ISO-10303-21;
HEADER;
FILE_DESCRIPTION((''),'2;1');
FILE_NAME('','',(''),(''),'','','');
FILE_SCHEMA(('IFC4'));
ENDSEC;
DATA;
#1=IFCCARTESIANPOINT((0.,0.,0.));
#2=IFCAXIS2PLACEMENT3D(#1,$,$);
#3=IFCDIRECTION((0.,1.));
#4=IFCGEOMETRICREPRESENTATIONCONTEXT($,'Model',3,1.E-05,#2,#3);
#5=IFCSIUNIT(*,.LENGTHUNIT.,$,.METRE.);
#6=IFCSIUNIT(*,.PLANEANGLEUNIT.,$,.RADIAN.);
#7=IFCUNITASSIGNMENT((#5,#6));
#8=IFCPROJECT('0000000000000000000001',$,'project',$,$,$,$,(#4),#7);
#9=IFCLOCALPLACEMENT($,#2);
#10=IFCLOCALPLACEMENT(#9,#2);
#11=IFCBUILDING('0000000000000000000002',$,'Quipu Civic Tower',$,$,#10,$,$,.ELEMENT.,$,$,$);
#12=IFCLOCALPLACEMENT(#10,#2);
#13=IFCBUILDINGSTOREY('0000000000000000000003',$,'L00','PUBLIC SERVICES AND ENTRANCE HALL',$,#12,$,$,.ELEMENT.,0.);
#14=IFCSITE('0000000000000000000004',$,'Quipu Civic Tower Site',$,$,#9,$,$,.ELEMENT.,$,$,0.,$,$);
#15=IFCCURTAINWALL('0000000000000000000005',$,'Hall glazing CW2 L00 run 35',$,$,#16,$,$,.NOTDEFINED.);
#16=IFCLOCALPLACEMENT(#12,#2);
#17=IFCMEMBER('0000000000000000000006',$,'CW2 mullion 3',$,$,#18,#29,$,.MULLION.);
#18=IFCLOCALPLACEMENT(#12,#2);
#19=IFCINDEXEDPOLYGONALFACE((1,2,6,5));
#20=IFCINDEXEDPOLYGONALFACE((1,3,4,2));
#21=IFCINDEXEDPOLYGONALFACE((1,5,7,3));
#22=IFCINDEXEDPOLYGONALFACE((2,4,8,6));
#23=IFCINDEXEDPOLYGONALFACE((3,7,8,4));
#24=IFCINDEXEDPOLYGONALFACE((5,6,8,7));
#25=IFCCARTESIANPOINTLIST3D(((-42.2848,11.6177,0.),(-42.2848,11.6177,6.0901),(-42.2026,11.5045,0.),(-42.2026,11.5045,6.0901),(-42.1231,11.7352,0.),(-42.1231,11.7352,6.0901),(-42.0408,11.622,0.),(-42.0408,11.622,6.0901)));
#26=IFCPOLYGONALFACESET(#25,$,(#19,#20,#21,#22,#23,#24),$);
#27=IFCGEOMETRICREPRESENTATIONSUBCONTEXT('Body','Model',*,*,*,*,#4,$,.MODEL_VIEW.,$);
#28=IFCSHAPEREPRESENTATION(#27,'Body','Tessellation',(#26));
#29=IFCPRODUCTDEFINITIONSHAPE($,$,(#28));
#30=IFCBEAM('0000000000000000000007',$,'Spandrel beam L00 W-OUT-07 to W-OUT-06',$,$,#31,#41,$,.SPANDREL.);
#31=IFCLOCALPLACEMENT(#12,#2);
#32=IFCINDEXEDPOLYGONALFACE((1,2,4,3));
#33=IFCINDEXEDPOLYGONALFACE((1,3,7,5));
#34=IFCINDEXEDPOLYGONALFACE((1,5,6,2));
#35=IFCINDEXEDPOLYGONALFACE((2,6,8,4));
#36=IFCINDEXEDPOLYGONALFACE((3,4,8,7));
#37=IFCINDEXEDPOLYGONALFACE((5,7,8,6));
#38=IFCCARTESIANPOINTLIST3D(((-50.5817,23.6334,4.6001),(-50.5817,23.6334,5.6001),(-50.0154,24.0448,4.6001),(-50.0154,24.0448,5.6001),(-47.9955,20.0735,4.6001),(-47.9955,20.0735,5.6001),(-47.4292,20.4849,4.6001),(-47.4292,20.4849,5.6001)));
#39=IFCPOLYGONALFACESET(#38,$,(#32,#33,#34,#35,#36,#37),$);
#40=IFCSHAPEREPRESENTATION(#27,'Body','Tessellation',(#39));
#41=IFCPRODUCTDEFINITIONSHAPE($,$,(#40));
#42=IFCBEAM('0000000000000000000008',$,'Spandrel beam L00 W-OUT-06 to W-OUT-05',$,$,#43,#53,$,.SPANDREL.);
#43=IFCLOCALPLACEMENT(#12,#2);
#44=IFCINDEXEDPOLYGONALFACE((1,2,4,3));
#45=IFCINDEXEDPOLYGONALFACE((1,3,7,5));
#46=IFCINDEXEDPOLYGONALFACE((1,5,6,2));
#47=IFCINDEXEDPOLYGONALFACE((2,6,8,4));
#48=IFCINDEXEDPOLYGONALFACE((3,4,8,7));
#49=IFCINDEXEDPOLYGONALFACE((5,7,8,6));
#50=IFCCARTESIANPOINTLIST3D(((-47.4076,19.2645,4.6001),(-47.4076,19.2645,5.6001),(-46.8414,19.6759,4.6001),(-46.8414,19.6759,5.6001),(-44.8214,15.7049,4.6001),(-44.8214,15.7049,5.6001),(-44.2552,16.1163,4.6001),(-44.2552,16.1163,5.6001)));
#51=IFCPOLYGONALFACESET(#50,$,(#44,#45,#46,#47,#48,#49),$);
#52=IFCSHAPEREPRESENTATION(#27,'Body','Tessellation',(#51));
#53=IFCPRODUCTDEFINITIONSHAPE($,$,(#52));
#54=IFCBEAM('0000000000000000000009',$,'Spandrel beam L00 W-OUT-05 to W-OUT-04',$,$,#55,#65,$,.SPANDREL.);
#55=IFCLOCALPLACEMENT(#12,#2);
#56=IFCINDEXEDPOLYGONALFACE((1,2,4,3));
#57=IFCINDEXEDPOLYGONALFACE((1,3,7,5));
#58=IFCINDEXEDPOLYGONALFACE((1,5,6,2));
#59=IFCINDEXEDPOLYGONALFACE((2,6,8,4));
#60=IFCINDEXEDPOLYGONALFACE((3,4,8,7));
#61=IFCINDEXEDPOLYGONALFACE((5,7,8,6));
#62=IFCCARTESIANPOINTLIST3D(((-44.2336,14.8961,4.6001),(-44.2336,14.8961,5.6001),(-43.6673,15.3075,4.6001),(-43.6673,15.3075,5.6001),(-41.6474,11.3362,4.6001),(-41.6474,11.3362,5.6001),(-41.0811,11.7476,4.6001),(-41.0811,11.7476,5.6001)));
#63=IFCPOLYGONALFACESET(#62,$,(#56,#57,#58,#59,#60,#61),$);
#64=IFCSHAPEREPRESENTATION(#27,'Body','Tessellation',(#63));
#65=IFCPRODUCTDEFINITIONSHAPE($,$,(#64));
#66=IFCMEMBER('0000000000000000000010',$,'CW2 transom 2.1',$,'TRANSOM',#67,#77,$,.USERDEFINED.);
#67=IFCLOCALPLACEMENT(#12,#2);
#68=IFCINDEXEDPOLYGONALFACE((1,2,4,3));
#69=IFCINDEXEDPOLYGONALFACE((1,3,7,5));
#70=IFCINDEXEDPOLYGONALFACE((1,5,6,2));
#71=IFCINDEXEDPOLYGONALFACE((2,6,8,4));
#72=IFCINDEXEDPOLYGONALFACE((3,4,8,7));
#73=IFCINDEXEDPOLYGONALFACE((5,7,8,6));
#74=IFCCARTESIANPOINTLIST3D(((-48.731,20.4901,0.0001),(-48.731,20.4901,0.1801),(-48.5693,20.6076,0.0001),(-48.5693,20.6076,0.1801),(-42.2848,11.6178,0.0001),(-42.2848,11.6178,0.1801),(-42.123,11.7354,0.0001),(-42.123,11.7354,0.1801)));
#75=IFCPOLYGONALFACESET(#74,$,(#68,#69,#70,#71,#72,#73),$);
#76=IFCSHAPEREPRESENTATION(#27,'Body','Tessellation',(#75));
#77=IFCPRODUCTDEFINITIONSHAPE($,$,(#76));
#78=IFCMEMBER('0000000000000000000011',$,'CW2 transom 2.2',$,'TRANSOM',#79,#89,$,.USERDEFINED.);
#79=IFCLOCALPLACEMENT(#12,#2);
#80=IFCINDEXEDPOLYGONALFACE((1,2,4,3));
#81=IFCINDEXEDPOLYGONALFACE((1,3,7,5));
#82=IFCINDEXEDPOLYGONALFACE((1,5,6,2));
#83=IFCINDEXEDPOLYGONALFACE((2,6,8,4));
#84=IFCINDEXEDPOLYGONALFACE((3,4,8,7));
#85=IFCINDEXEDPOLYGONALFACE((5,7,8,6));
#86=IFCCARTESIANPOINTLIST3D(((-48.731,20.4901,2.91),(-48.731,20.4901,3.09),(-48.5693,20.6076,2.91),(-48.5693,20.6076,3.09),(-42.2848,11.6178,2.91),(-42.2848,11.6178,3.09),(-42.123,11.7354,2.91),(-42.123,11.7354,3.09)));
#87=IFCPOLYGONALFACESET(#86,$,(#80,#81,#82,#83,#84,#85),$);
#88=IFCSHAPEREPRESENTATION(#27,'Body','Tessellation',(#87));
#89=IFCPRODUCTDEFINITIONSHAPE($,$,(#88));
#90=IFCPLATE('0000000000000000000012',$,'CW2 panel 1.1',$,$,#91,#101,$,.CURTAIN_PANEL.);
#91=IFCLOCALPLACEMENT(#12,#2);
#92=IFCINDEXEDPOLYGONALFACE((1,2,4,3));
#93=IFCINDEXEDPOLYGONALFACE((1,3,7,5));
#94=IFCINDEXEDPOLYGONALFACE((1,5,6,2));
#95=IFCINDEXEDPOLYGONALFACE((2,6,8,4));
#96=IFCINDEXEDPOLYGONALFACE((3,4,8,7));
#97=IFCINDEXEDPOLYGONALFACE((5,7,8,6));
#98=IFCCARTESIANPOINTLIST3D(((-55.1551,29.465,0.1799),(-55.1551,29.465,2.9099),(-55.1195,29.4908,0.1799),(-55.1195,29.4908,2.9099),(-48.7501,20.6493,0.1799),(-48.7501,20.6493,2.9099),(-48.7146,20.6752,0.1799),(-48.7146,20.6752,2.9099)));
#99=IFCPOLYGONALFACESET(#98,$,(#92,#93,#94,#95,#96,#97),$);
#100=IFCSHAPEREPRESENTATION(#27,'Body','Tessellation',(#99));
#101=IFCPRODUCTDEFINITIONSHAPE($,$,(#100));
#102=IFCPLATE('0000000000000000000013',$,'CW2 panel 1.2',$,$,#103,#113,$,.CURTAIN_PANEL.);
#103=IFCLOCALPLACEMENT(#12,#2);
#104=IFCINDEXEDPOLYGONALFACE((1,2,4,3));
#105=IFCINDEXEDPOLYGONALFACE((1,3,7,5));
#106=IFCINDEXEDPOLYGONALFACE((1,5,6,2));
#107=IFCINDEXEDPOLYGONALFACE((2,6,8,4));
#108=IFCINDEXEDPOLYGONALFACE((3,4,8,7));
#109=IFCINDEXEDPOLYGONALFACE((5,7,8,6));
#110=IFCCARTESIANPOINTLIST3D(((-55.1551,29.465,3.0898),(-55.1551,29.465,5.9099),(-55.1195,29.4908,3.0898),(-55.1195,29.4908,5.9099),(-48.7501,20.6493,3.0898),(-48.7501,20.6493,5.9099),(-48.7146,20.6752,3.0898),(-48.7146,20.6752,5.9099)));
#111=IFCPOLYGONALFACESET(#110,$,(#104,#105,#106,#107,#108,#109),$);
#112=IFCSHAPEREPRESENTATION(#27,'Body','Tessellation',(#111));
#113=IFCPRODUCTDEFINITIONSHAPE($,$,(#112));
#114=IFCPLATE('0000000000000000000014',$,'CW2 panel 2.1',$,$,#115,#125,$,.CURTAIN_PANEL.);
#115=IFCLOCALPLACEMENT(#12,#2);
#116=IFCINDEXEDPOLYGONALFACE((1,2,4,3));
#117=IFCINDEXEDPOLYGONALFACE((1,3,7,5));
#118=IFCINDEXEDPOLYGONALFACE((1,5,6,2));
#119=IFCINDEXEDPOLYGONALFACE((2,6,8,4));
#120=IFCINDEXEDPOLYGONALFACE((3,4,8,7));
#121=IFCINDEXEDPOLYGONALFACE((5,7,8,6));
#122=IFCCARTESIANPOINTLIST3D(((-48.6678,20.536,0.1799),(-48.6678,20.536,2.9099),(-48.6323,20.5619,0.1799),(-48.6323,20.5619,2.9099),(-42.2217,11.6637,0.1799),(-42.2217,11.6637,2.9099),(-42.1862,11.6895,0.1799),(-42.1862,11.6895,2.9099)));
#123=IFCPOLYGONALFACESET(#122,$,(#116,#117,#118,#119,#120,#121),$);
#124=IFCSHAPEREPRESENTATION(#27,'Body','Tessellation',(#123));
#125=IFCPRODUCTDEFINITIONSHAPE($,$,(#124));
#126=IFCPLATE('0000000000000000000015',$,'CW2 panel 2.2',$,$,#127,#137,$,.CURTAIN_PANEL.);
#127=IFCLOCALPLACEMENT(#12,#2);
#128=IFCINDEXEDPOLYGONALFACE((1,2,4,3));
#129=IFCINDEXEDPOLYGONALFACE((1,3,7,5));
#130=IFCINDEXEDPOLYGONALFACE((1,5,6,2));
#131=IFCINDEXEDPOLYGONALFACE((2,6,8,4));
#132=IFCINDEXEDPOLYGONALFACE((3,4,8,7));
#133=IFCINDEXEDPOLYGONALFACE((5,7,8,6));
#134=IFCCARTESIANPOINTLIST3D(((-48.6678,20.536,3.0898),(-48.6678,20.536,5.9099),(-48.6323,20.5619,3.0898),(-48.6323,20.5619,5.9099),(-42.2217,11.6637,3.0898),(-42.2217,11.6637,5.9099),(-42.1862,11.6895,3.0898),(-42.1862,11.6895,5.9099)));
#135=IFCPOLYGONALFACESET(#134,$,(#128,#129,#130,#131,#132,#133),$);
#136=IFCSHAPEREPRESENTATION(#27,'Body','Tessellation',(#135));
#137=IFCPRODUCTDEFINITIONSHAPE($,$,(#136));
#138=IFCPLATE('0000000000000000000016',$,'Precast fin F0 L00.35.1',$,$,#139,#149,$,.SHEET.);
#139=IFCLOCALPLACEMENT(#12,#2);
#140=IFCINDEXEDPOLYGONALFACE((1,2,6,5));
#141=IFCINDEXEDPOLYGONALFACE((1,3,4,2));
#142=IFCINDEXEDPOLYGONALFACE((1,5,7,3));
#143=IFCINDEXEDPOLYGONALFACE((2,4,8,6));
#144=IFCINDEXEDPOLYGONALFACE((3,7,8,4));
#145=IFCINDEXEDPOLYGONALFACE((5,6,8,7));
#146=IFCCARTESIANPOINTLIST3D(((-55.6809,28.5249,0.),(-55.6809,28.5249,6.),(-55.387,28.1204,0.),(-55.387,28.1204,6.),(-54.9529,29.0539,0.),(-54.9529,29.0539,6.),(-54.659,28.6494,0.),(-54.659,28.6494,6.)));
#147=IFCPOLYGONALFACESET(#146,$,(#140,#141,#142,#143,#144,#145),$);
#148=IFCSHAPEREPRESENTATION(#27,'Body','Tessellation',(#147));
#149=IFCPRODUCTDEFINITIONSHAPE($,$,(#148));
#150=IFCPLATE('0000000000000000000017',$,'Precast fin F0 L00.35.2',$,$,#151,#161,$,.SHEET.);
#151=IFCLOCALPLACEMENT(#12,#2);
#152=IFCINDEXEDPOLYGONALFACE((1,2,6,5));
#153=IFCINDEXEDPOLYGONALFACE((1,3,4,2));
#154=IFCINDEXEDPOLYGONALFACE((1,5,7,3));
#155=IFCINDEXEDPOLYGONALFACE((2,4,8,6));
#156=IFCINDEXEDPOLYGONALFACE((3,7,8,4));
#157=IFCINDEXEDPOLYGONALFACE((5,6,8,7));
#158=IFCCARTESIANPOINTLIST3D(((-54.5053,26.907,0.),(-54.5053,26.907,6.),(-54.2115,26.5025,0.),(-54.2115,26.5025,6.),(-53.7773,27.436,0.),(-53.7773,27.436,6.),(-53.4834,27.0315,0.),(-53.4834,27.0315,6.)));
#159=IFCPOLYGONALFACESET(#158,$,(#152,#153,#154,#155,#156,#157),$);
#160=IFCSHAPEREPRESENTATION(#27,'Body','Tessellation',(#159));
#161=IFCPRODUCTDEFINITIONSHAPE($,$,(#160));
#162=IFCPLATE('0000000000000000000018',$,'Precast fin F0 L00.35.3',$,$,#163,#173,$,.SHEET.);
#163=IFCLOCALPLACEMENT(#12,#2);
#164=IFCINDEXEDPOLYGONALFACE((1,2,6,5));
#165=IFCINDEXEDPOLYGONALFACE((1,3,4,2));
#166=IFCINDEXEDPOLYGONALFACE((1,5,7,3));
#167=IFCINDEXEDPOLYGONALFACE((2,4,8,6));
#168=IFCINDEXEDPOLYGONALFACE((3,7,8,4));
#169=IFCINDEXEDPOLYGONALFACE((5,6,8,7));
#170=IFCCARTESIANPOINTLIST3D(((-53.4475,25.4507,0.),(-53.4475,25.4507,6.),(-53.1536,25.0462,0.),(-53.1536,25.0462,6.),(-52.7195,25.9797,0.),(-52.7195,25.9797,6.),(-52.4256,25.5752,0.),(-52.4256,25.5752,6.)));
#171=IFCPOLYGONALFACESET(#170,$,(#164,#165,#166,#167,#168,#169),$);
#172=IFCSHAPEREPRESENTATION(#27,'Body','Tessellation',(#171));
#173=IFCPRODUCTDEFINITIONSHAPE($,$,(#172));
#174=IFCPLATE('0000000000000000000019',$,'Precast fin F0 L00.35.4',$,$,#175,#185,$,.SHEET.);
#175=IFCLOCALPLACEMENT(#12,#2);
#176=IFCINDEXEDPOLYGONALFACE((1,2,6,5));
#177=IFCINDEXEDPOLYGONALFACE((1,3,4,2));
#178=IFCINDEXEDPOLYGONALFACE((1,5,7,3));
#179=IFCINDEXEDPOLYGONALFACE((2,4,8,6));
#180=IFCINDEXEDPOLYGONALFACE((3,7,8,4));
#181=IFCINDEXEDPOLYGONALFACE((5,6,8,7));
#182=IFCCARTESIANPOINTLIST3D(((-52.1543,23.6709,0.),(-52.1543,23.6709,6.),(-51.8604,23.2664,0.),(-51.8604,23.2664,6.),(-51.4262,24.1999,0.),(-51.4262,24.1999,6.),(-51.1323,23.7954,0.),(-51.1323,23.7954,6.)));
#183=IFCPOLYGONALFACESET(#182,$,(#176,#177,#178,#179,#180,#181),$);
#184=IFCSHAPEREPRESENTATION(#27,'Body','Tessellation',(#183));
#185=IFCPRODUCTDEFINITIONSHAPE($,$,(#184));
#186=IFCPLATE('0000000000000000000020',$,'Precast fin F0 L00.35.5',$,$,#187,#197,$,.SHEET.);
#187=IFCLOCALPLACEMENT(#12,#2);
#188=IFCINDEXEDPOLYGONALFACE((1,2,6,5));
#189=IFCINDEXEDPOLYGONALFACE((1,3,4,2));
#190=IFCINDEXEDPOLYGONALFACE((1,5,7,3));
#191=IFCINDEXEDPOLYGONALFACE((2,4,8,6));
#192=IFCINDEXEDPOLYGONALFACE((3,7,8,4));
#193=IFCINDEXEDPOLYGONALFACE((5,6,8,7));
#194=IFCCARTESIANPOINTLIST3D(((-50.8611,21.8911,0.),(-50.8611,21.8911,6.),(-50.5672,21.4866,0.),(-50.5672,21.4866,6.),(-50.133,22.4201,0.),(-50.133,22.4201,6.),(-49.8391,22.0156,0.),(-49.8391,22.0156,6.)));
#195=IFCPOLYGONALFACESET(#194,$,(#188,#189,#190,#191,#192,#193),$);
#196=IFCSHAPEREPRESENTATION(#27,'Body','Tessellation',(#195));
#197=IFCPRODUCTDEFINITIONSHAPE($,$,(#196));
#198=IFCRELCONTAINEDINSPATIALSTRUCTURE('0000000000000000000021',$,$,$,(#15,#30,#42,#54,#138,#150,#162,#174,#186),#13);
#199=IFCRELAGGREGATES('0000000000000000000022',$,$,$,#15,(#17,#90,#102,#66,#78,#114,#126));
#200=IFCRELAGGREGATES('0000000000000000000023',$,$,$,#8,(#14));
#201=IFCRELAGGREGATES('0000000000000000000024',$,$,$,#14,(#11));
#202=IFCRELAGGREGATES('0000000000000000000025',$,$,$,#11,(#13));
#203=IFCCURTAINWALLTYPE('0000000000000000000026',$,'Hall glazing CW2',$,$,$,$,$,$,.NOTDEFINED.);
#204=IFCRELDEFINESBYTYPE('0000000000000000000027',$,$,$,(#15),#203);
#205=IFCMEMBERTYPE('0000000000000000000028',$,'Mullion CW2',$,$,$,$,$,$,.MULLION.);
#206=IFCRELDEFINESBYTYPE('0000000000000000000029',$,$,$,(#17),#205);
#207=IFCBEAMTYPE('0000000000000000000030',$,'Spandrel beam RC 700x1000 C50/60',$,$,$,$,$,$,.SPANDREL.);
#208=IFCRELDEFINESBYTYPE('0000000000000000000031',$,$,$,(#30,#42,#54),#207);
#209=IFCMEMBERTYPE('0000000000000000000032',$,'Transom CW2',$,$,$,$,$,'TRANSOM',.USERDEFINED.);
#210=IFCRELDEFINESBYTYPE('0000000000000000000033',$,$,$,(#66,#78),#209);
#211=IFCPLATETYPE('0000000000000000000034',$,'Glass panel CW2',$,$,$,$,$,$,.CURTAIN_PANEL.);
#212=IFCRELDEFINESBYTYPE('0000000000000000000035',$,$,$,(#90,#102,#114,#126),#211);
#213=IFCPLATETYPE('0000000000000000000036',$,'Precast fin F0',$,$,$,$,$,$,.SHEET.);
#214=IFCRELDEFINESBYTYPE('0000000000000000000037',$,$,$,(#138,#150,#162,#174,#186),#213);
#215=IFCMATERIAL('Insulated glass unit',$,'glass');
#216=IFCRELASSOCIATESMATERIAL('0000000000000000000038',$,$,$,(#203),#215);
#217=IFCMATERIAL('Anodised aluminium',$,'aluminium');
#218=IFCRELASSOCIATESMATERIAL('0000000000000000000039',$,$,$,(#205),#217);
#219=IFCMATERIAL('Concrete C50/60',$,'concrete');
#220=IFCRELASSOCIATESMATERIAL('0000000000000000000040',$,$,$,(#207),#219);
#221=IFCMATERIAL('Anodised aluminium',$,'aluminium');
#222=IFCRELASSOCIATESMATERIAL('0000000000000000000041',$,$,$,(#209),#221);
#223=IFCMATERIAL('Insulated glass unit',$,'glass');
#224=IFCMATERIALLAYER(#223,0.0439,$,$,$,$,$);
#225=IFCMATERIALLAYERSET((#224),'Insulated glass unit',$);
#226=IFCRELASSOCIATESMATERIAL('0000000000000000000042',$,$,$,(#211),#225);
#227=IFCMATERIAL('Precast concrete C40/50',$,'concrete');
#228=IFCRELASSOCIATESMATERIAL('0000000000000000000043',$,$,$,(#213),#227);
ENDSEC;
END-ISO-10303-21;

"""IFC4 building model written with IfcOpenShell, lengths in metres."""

from ifc_helpers import new_model, si_unit, direction, frame, origin, origin_2d, place, context, subcontext, project, spatial, rectangle, extrude, material, layer, layer_set, material_profile, profile_set, type_object, element, aggregate, save


model = new_model("IFC4")

# Units and contexts
model_context = context("Model", 3, precision=1e-05, world=origin(), true_north=direction((0.0, 1.0)))
body_context = subcontext(model_context, "Body", "Model", "MODEL_VIEW")
ifc_project = project(units=[si_unit("LENGTHUNIT", "METRE"), si_unit("PLANEANGLEUNIT", "RADIAN")], contexts=[model_context])

# Site, building, storey
site_placement = place(None, origin())
site = spatial("IfcSite", under=ifc_project, at=site_placement, Name="Quipu Civic Tower Site", CompositionType="ELEMENT", RefElevation=0.0)
building_placement = place(site_placement, origin())
building = spatial("IfcBuilding", under=site, at=building_placement, Name="Quipu Civic Tower", CompositionType="ELEMENT")
storey_placement = place(building_placement, origin())
storey = spatial("IfcBuildingStorey", under=building, at=storey_placement, Name="L00", Description="PUBLIC SERVICES AND ENTRANCE HALL", CompositionType="ELEMENT", Elevation=0.0)

# Curtain wall, member
ifc_material_1 = material(Name="Insulated glass unit", Category="glass")
curtain_wall_type = type_object("IfcCurtainWallType", Name="Hall glazing CW2", PredefinedType="NOTDEFINED", material=ifc_material_1)
curtain_wall_placement = place(storey_placement, origin())
curtain_wall = element("IfcCurtainWall", 1, at=curtain_wall_placement, inside=storey, type_object=curtain_wall_type, Name="Hall glazing CW2 L00 run 35", PredefinedType="NOTDEFINED")
ifc_material_2 = material(Name="Anodised aluminium", Category="aluminium")
ifc_material_profile_1 = material_profile(ifc_material_2, rectangle(XDim=0.2, YDim=0.1399, at=origin_2d()), Name="RECT 200x140")
ifc_profile_set_1 = profile_set([ifc_material_profile_1], Name="Anodised aluminium")
member_type_1 = type_object("IfcMemberType", Name="Mullion CW2", PredefinedType="MULLION", material=ifc_profile_set_1)
member_1_placement = place(storey_placement, frame((-42.1628, 11.6199, 0.0), z_axis=(0.0, 0.0, 1.0), x_axis=(0.809018, 0.587784, 0.0)))
member_1 = element("IfcMember", 2, at=member_1_placement, type_object=member_type_1, Name="CW2 mullion 3", PredefinedType="MULLION", context=body_context, shape_type="SweptSolid", body=[
    extrude(rectangle(XDim=0.2, YDim=0.1399, at=origin_2d()), origin(), (0.0, 0.0, 1.0), 6.0901),
])

# Beams
ifc_material_3 = material(Name="Concrete C50/60", Category="concrete")
ifc_material_profile_2 = material_profile(ifc_material_3, rectangle(XDim=0.7, YDim=1.0, at=origin_2d()), Name="RC700x1000")
ifc_profile_set_2 = profile_set([ifc_material_profile_2], Name="Concrete C50/60")
beam_type = type_object("IfcBeamType", Name="Spandrel beam RC 700x1000 C50/60", PredefinedType="SPANDREL", material=ifc_profile_set_2)
beam_1_placement = place(storey_placement, frame((-50.2986, 23.8391, 5.1001), z_axis=(0.587759, -0.809036, 0.0), x_axis=(0.809036, 0.587759, 0.0)))
element("IfcBeam", 3, at=beam_1_placement, inside=storey, type_object=beam_type, Name="Spandrel beam L00 W-OUT-07 to W-OUT-06", PredefinedType="SPANDREL", context=body_context, shape_type="SweptSolid", body=[
    extrude(rectangle(XDim=0.7, YDim=1.0, at=origin_2d()), origin(), (0.0, 0.0, 1.0), 4.4001),
])
beam_2_placement = place(storey_placement, frame((-47.1245, 19.4702, 5.1001), z_axis=(0.587786, -0.809017, 0.0), x_axis=(0.809017, 0.587786, 0.0)))
element("IfcBeam", 4, at=beam_2_placement, inside=storey, type_object=beam_type, Name="Spandrel beam L00 W-OUT-06 to W-OUT-05", PredefinedType="SPANDREL", context=body_context, shape_type="SweptSolid", body=[
    extrude(rectangle(XDim=0.7, YDim=1.0, at=origin_2d()), origin(), (0.0, 0.0, 1.0), 4.3999),
])
beam_3_placement = place(storey_placement, frame((-43.9504, 15.1018, 5.1001), z_axis=(0.587759, -0.809036, 0.0), x_axis=(0.809036, 0.587759, 0.0)))
element("IfcBeam", 5, at=beam_3_placement, inside=storey, type_object=beam_type, Name="Spandrel beam L00 W-OUT-05 to W-OUT-04", PredefinedType="SPANDREL", context=body_context, shape_type="SweptSolid", body=[
    extrude(rectangle(XDim=0.7, YDim=1.0, at=origin_2d()), origin(), (0.0, 0.0, 1.0), 4.4001),
])

# Members
ifc_material_4 = material(Name="Anodised aluminium", Category="aluminium")
ifc_material_profile_3 = material_profile(ifc_material_4, rectangle(XDim=0.2, YDim=0.1799, at=origin_2d()), Name="RECT 200x180")
ifc_profile_set_3 = profile_set([ifc_material_profile_3], Name="Anodised aluminium")
member_type_2 = type_object("IfcMemberType", Name="Transom CW2", ElementType="TRANSOM", PredefinedType="USERDEFINED", material=ifc_profile_set_3)
member_2_placement = place(storey_placement, frame((-48.6501, 20.5488, 0.0901), z_axis=(0.587796, -0.809009, 0.0), x_axis=(0.809009, 0.587796, 0.0)))
member_2 = element("IfcMember", 6, at=member_2_placement, type_object=member_type_2, Name="CW2 transom 2.1", ObjectType="TRANSOM", PredefinedType="USERDEFINED", context=body_context, shape_type="SweptSolid", body=[
    extrude(rectangle(XDim=0.2, YDim=0.1799, at=origin_2d()), origin(), (0.0, 0.0, 1.0), 10.9668),
])
member_3_placement = place(storey_placement, frame((-48.6501, 20.5488, 3.0), z_axis=(0.587796, -0.809009, 0.0), x_axis=(0.809009, 0.587796, 0.0)))
member_3 = element("IfcMember", 7, at=member_3_placement, type_object=member_type_2, Name="CW2 transom 2.2", ObjectType="TRANSOM", PredefinedType="USERDEFINED", context=body_context, shape_type="SweptSolid", body=[
    extrude(rectangle(XDim=0.2, YDim=0.1799, at=origin_2d()), origin(), (0.0, 0.0, 1.0), 10.9668),
])

# Plates
ifc_material_5 = material(Name="Insulated glass unit", Category="glass")
ifc_layer_1 = layer(ifc_material_5, 0.0439)
ifc_layer_set_1 = layer_set([ifc_layer_1], Name="Insulated glass unit")
plate_type_1 = type_object("IfcPlateType", Name="Glass panel CW2", PredefinedType="CURTAIN_PANEL", material=ifc_layer_set_1)
plate_1_placement = place(storey_placement, frame((-51.9348, 25.0701, 0.1799), z_axis=(0.0, 0.0, 1.0), x_axis=(0.587784, -0.809018, 0.0)))
plate_1 = element("IfcPlate", 8, at=plate_1_placement, type_object=plate_type_1, Name="CW2 panel 1.1", PredefinedType="CURTAIN_PANEL", context=body_context, shape_type="SweptSolid", body=[
    extrude(rectangle(XDim=10.8967, YDim=0.0439, at=origin_2d()), origin(), (0.0, 0.0, 1.0), 2.73),
])
plate_2_placement = place(storey_placement, frame((-51.9348, 25.0701, 3.0898), z_axis=(0.0, 0.0, 1.0), x_axis=(0.587784, -0.809018, 0.0)))
plate_2 = element("IfcPlate", 9, at=plate_2_placement, type_object=plate_type_1, Name="CW2 panel 1.2", PredefinedType="CURTAIN_PANEL", context=body_context, shape_type="SweptSolid", body=[
    extrude(rectangle(XDim=10.8967, YDim=0.0439, at=origin_2d()), origin(), (0.0, 0.0, 1.0), 2.8201),
])
plate_3_placement = place(storey_placement, frame((-45.427, 16.1128, 0.1799), z_axis=(0.0, 0.0, 1.0), x_axis=(0.587784, -0.809018, 0.0)))
plate_3 = element("IfcPlate", 10, at=plate_3_placement, type_object=plate_type_1, Name="CW2 panel 2.1", PredefinedType="CURTAIN_PANEL", context=body_context, shape_type="SweptSolid", body=[
    extrude(rectangle(XDim=10.9668, YDim=0.0439, at=origin_2d()), origin(), (0.0, 0.0, 1.0), 2.73),
])
plate_4_placement = place(storey_placement, frame((-45.427, 16.1128, 3.0898), z_axis=(0.0, 0.0, 1.0), x_axis=(0.587784, -0.809018, 0.0)))
plate_4 = element("IfcPlate", 11, at=plate_4_placement, type_object=plate_type_1, Name="CW2 panel 2.2", PredefinedType="CURTAIN_PANEL", context=body_context, shape_type="SweptSolid", body=[
    extrude(rectangle(XDim=10.9668, YDim=0.0439, at=origin_2d()), origin(), (0.0, 0.0, 1.0), 2.8201),
])
aggregate(curtain_wall, [member_1, plate_1, plate_2, member_2, member_3, plate_3, plate_4])

# Plates
ifc_material_6 = material(Name="Precast concrete C40/50", Category="concrete")
plate_type_2 = type_object("IfcPlateType", Name="Precast fin F0", PredefinedType="SHEET", material=ifc_material_6)
for number, where, z_axis, x_axis, name in (
    (12, (-55.1699, 28.5872, 0.0), (0.0, 0.0, 1.0), (0.587786, -0.809017, 0.0), "Precast fin F0 L00.35.1"),
    (13, (-53.9944, 26.9692, 0.0), (0.0, 0.0, 1.0), (0.587786, -0.809017, 0.0), "Precast fin F0 L00.35.2"),
    (14, (-52.9365, 25.5129, 0.0), (0.0, 0.0, 1.0), (0.587786, -0.809017, 0.0), "Precast fin F0 L00.35.3"),
    (15, (-51.6433, 23.7332, 0.0), (0.0, 0.0, 1.0), (0.587786, -0.809017, 0.0), "Precast fin F0 L00.35.4"),
    (16, (-50.3501, 21.9534, 0.0), (0.0, 0.0, 1.0), (0.587786, -0.809017, 0.0), "Precast fin F0 L00.35.5"),
):
    element("IfcPlate", number, at=place(storey_placement, frame(where, z_axis=z_axis, x_axis=x_axis)), inside=storey, type_object=plate_type_2, Name=name, PredefinedType="SHEET", context=body_context, shape_type="SweptSolid", body=[
        extrude(rectangle(XDim=0.5, YDim=0.8999, at=origin_2d()), origin(), (0.0, 0.0, 1.0), 6.0),
    ])

save(model, "model.ifc")
